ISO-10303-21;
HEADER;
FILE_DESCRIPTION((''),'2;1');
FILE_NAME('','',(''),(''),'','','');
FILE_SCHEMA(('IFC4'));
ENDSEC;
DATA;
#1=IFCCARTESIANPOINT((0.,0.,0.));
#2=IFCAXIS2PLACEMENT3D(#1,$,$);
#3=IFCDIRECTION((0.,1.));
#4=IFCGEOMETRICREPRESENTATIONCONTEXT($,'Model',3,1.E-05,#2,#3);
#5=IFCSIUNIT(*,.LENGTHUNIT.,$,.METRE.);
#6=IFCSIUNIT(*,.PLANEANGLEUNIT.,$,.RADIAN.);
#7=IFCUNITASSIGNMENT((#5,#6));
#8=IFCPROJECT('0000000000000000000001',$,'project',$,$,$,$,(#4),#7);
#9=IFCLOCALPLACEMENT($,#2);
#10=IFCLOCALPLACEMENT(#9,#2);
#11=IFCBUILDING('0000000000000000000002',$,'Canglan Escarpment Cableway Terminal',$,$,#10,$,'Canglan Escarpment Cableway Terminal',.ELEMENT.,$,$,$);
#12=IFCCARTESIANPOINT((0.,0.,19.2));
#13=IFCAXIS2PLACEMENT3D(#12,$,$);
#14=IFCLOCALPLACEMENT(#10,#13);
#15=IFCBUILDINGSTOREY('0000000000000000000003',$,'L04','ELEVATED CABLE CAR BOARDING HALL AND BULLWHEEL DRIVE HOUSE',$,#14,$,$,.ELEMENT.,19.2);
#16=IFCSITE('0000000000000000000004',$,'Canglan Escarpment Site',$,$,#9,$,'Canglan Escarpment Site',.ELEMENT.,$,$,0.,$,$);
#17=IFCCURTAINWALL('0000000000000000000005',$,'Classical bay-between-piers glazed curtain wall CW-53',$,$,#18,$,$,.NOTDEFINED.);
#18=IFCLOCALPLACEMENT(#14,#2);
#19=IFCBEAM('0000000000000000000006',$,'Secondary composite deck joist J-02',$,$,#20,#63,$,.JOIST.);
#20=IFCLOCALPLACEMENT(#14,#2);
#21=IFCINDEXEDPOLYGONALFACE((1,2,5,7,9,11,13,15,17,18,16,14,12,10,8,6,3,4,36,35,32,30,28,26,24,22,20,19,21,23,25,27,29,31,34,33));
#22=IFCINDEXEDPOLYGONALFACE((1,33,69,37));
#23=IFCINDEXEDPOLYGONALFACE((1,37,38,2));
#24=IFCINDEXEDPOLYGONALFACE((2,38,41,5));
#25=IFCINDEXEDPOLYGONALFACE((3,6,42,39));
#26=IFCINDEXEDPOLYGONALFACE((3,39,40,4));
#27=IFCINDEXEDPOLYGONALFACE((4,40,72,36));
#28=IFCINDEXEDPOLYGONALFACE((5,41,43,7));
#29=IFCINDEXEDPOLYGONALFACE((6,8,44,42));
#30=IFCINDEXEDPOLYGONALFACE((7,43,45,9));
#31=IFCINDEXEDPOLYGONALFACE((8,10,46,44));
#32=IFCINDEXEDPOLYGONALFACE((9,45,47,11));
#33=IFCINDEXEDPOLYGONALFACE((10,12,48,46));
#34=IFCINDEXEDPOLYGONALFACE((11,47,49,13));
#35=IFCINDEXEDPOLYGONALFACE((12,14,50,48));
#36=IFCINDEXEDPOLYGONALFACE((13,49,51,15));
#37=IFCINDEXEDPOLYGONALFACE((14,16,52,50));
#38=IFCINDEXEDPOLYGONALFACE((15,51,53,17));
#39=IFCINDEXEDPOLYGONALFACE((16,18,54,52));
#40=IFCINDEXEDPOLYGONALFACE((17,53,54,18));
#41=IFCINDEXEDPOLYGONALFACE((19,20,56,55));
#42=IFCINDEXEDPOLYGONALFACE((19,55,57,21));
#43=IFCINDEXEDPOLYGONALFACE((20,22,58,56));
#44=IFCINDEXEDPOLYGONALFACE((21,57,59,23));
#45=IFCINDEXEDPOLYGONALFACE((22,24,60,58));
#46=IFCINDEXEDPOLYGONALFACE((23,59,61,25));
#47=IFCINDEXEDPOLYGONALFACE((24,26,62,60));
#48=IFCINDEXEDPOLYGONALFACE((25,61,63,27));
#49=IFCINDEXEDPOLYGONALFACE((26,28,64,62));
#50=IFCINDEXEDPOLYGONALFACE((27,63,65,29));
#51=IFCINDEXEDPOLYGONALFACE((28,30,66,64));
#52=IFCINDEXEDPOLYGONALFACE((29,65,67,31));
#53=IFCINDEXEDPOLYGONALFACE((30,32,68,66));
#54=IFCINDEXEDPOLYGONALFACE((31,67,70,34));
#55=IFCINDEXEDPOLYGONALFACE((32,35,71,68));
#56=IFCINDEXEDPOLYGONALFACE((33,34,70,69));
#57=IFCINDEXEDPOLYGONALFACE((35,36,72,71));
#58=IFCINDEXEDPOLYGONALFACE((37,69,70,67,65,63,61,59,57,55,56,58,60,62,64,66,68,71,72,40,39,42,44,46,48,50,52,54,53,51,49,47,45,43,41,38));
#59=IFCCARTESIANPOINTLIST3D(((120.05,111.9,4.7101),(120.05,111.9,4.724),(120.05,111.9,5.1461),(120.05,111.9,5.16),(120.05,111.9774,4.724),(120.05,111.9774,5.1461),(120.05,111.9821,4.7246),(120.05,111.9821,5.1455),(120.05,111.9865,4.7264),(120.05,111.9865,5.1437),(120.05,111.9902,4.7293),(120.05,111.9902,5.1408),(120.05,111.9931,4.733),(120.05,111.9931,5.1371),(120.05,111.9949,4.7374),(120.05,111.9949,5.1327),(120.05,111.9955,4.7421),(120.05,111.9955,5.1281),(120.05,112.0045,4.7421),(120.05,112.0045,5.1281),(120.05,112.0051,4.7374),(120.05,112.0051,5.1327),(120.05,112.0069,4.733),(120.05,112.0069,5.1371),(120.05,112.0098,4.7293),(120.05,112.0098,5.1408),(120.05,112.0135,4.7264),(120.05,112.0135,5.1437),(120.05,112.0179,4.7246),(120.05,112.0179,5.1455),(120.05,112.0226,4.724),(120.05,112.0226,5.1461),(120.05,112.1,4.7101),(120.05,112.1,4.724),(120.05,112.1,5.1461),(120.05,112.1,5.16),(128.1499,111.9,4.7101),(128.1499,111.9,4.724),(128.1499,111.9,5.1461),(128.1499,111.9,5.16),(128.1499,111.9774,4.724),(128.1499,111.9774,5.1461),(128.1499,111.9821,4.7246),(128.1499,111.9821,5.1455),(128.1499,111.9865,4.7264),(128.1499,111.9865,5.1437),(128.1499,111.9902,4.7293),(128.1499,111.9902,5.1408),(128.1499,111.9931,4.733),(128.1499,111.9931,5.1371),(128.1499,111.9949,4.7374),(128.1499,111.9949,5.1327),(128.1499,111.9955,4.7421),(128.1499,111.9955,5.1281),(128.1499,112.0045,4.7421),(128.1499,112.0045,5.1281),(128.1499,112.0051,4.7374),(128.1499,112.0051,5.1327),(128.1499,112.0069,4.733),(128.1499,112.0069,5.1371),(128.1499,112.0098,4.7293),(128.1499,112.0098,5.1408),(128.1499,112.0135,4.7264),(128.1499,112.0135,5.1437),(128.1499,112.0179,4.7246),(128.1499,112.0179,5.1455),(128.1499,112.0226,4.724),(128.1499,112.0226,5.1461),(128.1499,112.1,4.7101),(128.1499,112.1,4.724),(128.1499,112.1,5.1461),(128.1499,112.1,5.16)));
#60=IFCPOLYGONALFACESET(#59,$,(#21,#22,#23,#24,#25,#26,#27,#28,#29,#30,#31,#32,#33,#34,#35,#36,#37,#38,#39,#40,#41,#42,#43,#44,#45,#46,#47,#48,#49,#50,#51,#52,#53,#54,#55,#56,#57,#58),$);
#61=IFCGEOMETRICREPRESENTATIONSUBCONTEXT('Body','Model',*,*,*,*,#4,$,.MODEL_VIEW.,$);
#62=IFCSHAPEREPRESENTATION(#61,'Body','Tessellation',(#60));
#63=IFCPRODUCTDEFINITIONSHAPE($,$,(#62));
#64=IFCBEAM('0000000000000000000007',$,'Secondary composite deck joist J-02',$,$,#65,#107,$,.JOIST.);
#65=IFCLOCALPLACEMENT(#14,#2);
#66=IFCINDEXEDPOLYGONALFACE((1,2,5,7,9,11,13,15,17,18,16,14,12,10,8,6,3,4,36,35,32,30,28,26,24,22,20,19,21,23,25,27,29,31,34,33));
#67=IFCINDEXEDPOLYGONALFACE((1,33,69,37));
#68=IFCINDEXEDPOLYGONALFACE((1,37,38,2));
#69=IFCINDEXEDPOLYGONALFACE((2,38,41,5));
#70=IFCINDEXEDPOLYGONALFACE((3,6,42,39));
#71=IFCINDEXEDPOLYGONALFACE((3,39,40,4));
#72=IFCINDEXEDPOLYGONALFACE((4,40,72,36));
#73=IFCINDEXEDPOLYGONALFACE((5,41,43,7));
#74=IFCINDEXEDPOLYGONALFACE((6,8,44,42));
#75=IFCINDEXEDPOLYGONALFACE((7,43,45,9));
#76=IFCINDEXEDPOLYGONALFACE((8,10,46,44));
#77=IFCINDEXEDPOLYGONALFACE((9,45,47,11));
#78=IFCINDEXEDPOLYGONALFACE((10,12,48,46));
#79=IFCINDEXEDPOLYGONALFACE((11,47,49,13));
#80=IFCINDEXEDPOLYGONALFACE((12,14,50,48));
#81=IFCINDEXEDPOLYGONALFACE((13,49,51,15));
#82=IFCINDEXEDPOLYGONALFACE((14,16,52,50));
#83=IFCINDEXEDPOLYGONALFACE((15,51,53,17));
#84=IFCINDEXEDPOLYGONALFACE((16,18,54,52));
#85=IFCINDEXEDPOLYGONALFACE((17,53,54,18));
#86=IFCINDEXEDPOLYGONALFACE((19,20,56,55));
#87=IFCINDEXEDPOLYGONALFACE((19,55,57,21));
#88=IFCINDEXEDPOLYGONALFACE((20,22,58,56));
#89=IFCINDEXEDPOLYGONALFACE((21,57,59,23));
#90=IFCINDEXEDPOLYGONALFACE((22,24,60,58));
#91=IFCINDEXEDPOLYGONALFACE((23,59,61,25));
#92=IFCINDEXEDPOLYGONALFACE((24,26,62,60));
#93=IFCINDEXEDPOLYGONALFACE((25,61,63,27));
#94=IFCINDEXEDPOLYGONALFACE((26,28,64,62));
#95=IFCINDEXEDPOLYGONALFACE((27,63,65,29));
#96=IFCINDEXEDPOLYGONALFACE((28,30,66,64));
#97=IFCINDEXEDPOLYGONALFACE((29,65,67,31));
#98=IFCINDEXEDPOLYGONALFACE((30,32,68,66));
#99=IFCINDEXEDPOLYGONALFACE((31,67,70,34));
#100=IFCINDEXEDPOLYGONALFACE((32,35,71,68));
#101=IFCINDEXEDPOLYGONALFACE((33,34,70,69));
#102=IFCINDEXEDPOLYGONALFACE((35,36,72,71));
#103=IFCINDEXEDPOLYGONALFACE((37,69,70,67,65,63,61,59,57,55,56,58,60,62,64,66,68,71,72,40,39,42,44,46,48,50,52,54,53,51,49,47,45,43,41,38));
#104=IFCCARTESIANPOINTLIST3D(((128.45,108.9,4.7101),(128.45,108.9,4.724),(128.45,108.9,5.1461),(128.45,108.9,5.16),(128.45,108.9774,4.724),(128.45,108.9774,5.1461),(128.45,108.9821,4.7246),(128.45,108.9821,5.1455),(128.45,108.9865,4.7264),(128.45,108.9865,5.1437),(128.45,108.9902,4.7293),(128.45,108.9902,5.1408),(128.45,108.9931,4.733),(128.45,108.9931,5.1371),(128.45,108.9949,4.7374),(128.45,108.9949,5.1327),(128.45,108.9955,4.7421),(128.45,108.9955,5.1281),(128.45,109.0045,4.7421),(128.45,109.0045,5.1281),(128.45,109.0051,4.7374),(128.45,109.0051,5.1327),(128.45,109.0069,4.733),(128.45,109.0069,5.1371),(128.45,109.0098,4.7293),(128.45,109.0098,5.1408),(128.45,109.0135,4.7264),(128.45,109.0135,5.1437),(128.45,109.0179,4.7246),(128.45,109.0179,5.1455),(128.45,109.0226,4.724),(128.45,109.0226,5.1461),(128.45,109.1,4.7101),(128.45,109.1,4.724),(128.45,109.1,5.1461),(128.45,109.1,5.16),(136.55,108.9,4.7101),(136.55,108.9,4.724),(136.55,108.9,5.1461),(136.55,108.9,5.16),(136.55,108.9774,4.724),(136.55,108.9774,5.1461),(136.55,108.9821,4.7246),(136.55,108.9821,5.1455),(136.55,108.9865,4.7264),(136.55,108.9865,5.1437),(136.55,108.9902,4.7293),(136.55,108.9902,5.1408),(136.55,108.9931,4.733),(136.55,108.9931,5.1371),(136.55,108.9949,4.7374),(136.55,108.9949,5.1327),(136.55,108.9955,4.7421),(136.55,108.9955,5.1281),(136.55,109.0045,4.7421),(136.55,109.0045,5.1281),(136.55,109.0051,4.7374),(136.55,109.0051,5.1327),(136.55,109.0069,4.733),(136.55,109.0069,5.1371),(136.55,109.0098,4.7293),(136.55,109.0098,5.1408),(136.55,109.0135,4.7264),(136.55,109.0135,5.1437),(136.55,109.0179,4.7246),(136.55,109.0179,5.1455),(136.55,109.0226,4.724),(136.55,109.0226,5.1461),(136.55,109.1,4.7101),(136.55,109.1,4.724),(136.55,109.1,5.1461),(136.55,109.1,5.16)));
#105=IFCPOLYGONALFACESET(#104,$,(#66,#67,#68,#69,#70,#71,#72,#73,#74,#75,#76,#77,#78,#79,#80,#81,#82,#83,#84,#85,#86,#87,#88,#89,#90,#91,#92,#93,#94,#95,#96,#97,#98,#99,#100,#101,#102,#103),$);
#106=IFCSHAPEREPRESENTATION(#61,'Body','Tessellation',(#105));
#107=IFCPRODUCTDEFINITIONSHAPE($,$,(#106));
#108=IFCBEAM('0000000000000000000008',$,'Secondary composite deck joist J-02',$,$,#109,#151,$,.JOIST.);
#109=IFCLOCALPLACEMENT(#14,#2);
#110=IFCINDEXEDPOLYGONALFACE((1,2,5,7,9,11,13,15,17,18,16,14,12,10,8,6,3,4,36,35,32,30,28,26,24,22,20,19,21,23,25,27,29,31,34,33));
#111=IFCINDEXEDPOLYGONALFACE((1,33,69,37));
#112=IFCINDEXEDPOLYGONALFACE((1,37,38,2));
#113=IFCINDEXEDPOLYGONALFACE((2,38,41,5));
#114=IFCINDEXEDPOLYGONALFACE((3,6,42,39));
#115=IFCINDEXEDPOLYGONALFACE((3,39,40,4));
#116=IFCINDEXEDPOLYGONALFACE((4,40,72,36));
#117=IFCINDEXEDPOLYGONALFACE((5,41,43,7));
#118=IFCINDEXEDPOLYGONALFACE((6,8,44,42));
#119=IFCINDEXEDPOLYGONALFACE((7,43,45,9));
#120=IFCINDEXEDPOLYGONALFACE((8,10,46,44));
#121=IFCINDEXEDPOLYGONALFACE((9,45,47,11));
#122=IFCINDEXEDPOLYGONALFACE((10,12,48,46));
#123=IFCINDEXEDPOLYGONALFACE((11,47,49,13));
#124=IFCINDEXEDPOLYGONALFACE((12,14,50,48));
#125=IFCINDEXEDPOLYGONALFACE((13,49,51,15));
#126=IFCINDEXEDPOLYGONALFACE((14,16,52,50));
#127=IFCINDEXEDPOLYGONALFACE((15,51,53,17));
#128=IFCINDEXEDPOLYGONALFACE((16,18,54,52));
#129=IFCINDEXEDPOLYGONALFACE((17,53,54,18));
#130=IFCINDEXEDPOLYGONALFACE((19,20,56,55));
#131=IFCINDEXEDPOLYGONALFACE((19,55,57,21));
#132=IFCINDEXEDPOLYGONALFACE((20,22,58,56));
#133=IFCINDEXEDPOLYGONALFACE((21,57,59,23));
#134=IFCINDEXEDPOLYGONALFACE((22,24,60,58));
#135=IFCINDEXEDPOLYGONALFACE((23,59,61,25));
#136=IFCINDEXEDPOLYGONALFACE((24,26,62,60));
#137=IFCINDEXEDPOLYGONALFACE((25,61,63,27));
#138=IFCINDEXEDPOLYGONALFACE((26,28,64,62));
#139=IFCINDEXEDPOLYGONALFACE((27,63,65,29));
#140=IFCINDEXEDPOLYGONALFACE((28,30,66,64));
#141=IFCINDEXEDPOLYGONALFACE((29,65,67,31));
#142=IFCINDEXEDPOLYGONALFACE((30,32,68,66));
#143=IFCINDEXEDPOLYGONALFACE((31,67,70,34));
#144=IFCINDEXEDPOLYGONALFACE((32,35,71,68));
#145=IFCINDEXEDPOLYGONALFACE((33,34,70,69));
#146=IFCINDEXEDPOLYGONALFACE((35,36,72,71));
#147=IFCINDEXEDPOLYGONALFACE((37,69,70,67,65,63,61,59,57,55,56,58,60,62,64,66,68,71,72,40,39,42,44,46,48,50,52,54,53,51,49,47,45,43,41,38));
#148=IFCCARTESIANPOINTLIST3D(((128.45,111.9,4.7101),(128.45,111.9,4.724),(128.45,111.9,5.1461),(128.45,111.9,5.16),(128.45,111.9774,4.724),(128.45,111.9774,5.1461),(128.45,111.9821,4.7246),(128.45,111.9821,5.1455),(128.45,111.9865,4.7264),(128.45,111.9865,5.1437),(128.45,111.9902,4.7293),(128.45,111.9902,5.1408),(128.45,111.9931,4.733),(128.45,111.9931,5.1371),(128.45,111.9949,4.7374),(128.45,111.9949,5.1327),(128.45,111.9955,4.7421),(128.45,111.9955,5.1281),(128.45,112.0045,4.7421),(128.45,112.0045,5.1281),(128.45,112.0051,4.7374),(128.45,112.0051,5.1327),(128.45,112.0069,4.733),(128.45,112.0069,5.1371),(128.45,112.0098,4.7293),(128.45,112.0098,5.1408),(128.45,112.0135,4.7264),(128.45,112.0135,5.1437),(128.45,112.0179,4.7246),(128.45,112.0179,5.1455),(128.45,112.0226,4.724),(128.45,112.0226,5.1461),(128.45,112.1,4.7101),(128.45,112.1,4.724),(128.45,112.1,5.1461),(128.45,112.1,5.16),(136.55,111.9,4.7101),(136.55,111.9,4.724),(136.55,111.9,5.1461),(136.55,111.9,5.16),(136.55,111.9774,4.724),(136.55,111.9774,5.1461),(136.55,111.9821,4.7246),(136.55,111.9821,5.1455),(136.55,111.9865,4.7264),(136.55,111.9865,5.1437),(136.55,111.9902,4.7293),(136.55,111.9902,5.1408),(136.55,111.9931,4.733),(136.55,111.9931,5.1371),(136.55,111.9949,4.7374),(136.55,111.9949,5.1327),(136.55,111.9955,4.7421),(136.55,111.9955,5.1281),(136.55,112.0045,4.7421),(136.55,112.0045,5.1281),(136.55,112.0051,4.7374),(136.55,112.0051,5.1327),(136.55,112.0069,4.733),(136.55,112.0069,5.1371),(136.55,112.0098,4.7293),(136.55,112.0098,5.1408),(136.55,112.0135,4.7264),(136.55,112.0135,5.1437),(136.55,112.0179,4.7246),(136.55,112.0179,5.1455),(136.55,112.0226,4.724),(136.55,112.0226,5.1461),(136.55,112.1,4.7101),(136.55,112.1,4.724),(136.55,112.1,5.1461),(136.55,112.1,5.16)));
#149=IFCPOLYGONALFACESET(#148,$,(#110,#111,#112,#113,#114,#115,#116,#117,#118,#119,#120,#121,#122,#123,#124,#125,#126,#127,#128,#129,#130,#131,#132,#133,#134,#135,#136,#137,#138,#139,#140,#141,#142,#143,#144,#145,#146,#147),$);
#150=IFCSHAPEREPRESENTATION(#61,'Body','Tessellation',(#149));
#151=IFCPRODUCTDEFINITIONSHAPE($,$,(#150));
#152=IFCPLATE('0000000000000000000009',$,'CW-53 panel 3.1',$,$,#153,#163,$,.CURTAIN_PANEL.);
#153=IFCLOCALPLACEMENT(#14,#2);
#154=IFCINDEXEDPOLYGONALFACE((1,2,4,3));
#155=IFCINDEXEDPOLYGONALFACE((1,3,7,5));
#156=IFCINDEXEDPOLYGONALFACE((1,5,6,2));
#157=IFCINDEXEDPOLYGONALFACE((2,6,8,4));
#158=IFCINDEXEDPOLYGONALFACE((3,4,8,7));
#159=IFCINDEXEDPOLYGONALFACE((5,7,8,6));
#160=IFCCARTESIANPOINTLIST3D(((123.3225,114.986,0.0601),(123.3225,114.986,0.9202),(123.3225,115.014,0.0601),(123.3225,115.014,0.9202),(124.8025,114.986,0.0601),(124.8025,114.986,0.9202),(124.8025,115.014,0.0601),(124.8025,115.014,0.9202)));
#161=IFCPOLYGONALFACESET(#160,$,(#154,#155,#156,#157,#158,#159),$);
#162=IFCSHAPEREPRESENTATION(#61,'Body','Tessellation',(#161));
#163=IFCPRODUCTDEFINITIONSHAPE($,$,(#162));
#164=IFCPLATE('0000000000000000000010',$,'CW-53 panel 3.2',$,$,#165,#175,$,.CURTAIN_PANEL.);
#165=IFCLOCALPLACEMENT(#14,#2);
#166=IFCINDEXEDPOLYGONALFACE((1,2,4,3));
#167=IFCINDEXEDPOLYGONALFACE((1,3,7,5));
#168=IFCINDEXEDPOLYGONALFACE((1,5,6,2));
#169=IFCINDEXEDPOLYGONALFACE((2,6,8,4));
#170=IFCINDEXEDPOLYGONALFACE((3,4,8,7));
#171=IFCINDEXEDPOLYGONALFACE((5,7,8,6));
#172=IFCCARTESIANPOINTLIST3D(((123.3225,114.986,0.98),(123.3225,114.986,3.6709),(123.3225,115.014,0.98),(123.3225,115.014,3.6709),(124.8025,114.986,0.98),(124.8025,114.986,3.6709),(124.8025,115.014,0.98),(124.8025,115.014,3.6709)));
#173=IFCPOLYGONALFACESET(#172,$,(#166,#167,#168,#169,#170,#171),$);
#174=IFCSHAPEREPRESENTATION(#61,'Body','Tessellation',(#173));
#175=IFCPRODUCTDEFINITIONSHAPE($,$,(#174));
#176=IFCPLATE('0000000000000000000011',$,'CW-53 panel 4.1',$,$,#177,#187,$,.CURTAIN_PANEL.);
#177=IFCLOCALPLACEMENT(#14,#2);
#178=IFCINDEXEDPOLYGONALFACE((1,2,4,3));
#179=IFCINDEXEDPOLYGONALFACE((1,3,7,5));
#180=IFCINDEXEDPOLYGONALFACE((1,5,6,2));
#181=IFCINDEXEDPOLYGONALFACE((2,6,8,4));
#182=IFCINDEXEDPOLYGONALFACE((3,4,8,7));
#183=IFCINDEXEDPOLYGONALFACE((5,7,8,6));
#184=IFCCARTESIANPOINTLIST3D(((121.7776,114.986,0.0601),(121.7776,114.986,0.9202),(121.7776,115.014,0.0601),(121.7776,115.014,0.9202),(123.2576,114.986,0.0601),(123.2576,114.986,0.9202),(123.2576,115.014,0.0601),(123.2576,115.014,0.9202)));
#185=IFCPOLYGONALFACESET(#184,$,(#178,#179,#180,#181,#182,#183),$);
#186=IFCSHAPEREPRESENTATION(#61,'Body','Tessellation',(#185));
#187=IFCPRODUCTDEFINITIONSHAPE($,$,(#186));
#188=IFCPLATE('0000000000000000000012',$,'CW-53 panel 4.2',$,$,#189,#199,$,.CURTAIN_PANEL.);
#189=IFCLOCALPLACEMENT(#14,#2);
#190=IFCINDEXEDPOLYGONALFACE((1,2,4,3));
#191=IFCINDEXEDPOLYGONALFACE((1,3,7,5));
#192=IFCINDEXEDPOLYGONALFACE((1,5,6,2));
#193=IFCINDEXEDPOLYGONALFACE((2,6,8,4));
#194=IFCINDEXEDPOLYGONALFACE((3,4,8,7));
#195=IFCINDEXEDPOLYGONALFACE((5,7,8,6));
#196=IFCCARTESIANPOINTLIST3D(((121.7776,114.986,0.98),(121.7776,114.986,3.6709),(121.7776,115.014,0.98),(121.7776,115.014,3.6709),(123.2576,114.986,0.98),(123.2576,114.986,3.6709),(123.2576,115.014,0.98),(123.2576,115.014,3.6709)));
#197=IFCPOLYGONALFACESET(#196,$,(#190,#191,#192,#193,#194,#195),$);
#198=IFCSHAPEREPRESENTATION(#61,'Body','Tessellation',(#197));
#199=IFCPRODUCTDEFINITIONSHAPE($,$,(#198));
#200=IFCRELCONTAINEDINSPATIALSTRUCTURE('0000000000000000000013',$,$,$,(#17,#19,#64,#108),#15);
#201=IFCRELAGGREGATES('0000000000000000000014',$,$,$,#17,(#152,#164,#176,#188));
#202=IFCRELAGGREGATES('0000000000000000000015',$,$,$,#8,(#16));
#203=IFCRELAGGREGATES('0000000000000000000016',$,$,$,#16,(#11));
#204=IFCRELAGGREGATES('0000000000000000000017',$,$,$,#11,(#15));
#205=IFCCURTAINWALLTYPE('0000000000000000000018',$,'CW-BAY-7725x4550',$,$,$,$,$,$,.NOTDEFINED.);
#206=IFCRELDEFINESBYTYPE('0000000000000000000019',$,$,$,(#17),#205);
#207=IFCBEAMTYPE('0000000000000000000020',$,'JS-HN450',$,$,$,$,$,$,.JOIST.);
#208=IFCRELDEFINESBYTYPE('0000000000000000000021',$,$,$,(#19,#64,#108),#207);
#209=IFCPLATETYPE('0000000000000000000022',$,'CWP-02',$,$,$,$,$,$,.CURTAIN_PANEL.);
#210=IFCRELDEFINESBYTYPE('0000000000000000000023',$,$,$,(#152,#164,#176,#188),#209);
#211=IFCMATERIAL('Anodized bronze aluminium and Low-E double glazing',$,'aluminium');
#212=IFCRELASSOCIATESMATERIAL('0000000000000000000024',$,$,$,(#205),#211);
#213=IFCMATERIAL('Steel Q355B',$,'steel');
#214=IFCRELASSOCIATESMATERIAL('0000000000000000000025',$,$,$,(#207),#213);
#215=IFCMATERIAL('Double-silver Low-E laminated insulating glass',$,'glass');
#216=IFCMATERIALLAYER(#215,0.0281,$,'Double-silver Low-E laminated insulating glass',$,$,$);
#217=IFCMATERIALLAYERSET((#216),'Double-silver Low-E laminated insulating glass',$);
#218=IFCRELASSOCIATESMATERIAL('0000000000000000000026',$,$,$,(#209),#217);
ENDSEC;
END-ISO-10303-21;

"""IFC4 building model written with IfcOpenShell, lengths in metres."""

from ifc_helpers import new_model, si_unit, direction, frame, origin, origin_2d, place, context, subcontext, project, spatial, rectangle, i_section, extrude, material, layer, layer_set, material_profile, profile_set, type_object, element, aggregate, save


model = new_model("IFC4")

# Units and contexts
model_context = context("Model", 3, precision=1e-05, world=origin(), true_north=direction((0.0, 1.0)))
body_context = subcontext(model_context, "Body", "Model", "MODEL_VIEW")
ifc_project = project(units=[si_unit("LENGTHUNIT", "METRE"), si_unit("PLANEANGLEUNIT", "RADIAN")], contexts=[model_context])

# Site, building, storey
site_placement = place(None, origin())
site = spatial("IfcSite", under=ifc_project, at=site_placement, Name="Canglan Escarpment Site", LongName="Canglan Escarpment Site", CompositionType="ELEMENT", RefElevation=0.0)
building_placement = place(site_placement, origin())
building = spatial("IfcBuilding", under=site, at=building_placement, Name="Canglan Escarpment Cableway Terminal", LongName="Canglan Escarpment Cableway Terminal", CompositionType="ELEMENT")
storey_placement = place(building_placement, frame((0.0, 0.0, 19.2)))
storey = spatial("IfcBuildingStorey", under=building, at=storey_placement, Name="L04", Description="ELEVATED CABLE CAR BOARDING HALL AND BULLWHEEL DRIVE HOUSE", CompositionType="ELEMENT", Elevation=19.2)

# Shared definitions
ifc_material_1 = material(Name="Steel Q355B", Category="steel")

# Curtain wall
ifc_material_2 = material(Name="Anodized bronze aluminium and Low-E double glazing", Category="aluminium")
curtain_wall_type = type_object("IfcCurtainWallType", Name="CW-BAY-7725x4550", PredefinedType="NOTDEFINED", material=ifc_material_2)
curtain_wall_placement = place(storey_placement, origin())
curtain_wall = element("IfcCurtainWall", 1, at=curtain_wall_placement, inside=storey, type_object=curtain_wall_type, Name="Classical bay-between-piers glazed curtain wall CW-53", PredefinedType="NOTDEFINED")

# Beams
ifc_material_profile_1 = material_profile(ifc_material_1, i_section(OverallWidth=0.2, OverallDepth=0.45, WebThickness=0.009, FlangeThickness=0.0139, FilletRadius=0.0181, at=origin_2d()), Name="HN 450x200x9x14")
ifc_profile_set_1 = profile_set([ifc_material_profile_1], Name="Steel Q355B")
beam_type_1 = type_object("IfcBeamType", Name="JS-HN450", PredefinedType="JOIST", material=ifc_profile_set_1)
for number, where, z_axis, x_axis, name in (
    (2, (120.05, 112.0, 4.9351), (1.0, 0.0, 0.0), (0.0, 1.0, 0.0), "Secondary composite deck joist J-02"),
):
    element("IfcBeam", number, at=place(storey_placement, frame(where, z_axis=z_axis, x_axis=x_axis)), inside=storey, type_object=beam_type_1, Name=name, PredefinedType="JOIST", context=body_context, shape_type="SweptSolid", body=[
        extrude(i_section(OverallWidth=0.2, OverallDepth=0.45, WebThickness=0.009, FlangeThickness=0.0139, FilletRadius=0.0181, at=origin_2d()), origin(), (0.0, 0.0, 1.0), 8.0999),
    ])
for number, where, z_axis, x_axis, name in (
    (3, (128.45, 109.0, 4.9351), (1.0, 0.0, 0.0), (0.0, 1.0, 0.0), "Secondary composite deck joist J-02"),
    (4, (128.45, 112.0, 4.9351), (1.0, 0.0, 0.0), (0.0, 1.0, 0.0), "Secondary composite deck joist J-02"),
):
    element("IfcBeam", number, at=place(storey_placement, frame(where, z_axis=z_axis, x_axis=x_axis)), inside=storey, type_object=beam_type_1, Name=name, PredefinedType="JOIST", context=body_context, shape_type="SweptSolid", body=[
        extrude(i_section(OverallWidth=0.2, OverallDepth=0.45, WebThickness=0.009, FlangeThickness=0.0139, FilletRadius=0.0181, at=origin_2d()), origin(), (0.0, 0.0, 1.0), 8.1001),
    ])

# Plates
ifc_material_3 = material(Name="Double-silver Low-E laminated insulating glass", Category="glass")
ifc_layer_1 = layer(ifc_material_3, 0.0281, Name="Double-silver Low-E laminated insulating glass")
ifc_layer_set_1 = layer_set([ifc_layer_1], Name="Double-silver Low-E laminated insulating glass")
plate_type = type_object("IfcPlateType", Name="CWP-02", PredefinedType="CURTAIN_PANEL", material=ifc_layer_set_1)
plate_1_placement = place(storey_placement, frame((124.0625, 115.0, 0.0601), z_axis=(0.0, 0.0, 1.0), x_axis=(-1.0, 0.0, 0.0)))
plate_1 = element("IfcPlate", 5, at=plate_1_placement, type_object=plate_type, Name="CW-53 panel 3.1", PredefinedType="CURTAIN_PANEL", context=body_context, shape_type="SweptSolid", body=[
    extrude(rectangle(XDim=1.48, YDim=0.0281, at=origin_2d()), origin(), (0.0, 0.0, 1.0), 0.8601),
])
plate_2_placement = place(storey_placement, frame((124.0625, 115.0, 0.98), z_axis=(0.0, 0.0, 1.0), x_axis=(-1.0, 0.0, 0.0)))
plate_2 = element("IfcPlate", 6, at=plate_2_placement, type_object=plate_type, Name="CW-53 panel 3.2", PredefinedType="CURTAIN_PANEL", context=body_context, shape_type="SweptSolid", body=[
    extrude(rectangle(XDim=1.48, YDim=0.0281, at=origin_2d()), origin(), (0.0, 0.0, 1.0), 2.6909),
])
plate_3_placement = place(storey_placement, frame((122.5176, 115.0, 0.0601), z_axis=(0.0, 0.0, 1.0), x_axis=(-1.0, 0.0, 0.0)))
plate_3 = element("IfcPlate", 7, at=plate_3_placement, type_object=plate_type, Name="CW-53 panel 4.1", PredefinedType="CURTAIN_PANEL", context=body_context, shape_type="SweptSolid", body=[
    extrude(rectangle(XDim=1.48, YDim=0.0281, at=origin_2d()), origin(), (0.0, 0.0, 1.0), 0.8601),
])
plate_4_placement = place(storey_placement, frame((122.5176, 115.0, 0.98), z_axis=(0.0, 0.0, 1.0), x_axis=(-1.0, 0.0, 0.0)))
plate_4 = element("IfcPlate", 8, at=plate_4_placement, type_object=plate_type, Name="CW-53 panel 4.2", PredefinedType="CURTAIN_PANEL", context=body_context, shape_type="SweptSolid", body=[
    extrude(rectangle(XDim=1.48, YDim=0.0281, at=origin_2d()), origin(), (0.0, 0.0, 1.0), 2.6909),
])
aggregate(curtain_wall, [plate_1, plate_2, plate_3, plate_4])

save(model, "model.ifc")
